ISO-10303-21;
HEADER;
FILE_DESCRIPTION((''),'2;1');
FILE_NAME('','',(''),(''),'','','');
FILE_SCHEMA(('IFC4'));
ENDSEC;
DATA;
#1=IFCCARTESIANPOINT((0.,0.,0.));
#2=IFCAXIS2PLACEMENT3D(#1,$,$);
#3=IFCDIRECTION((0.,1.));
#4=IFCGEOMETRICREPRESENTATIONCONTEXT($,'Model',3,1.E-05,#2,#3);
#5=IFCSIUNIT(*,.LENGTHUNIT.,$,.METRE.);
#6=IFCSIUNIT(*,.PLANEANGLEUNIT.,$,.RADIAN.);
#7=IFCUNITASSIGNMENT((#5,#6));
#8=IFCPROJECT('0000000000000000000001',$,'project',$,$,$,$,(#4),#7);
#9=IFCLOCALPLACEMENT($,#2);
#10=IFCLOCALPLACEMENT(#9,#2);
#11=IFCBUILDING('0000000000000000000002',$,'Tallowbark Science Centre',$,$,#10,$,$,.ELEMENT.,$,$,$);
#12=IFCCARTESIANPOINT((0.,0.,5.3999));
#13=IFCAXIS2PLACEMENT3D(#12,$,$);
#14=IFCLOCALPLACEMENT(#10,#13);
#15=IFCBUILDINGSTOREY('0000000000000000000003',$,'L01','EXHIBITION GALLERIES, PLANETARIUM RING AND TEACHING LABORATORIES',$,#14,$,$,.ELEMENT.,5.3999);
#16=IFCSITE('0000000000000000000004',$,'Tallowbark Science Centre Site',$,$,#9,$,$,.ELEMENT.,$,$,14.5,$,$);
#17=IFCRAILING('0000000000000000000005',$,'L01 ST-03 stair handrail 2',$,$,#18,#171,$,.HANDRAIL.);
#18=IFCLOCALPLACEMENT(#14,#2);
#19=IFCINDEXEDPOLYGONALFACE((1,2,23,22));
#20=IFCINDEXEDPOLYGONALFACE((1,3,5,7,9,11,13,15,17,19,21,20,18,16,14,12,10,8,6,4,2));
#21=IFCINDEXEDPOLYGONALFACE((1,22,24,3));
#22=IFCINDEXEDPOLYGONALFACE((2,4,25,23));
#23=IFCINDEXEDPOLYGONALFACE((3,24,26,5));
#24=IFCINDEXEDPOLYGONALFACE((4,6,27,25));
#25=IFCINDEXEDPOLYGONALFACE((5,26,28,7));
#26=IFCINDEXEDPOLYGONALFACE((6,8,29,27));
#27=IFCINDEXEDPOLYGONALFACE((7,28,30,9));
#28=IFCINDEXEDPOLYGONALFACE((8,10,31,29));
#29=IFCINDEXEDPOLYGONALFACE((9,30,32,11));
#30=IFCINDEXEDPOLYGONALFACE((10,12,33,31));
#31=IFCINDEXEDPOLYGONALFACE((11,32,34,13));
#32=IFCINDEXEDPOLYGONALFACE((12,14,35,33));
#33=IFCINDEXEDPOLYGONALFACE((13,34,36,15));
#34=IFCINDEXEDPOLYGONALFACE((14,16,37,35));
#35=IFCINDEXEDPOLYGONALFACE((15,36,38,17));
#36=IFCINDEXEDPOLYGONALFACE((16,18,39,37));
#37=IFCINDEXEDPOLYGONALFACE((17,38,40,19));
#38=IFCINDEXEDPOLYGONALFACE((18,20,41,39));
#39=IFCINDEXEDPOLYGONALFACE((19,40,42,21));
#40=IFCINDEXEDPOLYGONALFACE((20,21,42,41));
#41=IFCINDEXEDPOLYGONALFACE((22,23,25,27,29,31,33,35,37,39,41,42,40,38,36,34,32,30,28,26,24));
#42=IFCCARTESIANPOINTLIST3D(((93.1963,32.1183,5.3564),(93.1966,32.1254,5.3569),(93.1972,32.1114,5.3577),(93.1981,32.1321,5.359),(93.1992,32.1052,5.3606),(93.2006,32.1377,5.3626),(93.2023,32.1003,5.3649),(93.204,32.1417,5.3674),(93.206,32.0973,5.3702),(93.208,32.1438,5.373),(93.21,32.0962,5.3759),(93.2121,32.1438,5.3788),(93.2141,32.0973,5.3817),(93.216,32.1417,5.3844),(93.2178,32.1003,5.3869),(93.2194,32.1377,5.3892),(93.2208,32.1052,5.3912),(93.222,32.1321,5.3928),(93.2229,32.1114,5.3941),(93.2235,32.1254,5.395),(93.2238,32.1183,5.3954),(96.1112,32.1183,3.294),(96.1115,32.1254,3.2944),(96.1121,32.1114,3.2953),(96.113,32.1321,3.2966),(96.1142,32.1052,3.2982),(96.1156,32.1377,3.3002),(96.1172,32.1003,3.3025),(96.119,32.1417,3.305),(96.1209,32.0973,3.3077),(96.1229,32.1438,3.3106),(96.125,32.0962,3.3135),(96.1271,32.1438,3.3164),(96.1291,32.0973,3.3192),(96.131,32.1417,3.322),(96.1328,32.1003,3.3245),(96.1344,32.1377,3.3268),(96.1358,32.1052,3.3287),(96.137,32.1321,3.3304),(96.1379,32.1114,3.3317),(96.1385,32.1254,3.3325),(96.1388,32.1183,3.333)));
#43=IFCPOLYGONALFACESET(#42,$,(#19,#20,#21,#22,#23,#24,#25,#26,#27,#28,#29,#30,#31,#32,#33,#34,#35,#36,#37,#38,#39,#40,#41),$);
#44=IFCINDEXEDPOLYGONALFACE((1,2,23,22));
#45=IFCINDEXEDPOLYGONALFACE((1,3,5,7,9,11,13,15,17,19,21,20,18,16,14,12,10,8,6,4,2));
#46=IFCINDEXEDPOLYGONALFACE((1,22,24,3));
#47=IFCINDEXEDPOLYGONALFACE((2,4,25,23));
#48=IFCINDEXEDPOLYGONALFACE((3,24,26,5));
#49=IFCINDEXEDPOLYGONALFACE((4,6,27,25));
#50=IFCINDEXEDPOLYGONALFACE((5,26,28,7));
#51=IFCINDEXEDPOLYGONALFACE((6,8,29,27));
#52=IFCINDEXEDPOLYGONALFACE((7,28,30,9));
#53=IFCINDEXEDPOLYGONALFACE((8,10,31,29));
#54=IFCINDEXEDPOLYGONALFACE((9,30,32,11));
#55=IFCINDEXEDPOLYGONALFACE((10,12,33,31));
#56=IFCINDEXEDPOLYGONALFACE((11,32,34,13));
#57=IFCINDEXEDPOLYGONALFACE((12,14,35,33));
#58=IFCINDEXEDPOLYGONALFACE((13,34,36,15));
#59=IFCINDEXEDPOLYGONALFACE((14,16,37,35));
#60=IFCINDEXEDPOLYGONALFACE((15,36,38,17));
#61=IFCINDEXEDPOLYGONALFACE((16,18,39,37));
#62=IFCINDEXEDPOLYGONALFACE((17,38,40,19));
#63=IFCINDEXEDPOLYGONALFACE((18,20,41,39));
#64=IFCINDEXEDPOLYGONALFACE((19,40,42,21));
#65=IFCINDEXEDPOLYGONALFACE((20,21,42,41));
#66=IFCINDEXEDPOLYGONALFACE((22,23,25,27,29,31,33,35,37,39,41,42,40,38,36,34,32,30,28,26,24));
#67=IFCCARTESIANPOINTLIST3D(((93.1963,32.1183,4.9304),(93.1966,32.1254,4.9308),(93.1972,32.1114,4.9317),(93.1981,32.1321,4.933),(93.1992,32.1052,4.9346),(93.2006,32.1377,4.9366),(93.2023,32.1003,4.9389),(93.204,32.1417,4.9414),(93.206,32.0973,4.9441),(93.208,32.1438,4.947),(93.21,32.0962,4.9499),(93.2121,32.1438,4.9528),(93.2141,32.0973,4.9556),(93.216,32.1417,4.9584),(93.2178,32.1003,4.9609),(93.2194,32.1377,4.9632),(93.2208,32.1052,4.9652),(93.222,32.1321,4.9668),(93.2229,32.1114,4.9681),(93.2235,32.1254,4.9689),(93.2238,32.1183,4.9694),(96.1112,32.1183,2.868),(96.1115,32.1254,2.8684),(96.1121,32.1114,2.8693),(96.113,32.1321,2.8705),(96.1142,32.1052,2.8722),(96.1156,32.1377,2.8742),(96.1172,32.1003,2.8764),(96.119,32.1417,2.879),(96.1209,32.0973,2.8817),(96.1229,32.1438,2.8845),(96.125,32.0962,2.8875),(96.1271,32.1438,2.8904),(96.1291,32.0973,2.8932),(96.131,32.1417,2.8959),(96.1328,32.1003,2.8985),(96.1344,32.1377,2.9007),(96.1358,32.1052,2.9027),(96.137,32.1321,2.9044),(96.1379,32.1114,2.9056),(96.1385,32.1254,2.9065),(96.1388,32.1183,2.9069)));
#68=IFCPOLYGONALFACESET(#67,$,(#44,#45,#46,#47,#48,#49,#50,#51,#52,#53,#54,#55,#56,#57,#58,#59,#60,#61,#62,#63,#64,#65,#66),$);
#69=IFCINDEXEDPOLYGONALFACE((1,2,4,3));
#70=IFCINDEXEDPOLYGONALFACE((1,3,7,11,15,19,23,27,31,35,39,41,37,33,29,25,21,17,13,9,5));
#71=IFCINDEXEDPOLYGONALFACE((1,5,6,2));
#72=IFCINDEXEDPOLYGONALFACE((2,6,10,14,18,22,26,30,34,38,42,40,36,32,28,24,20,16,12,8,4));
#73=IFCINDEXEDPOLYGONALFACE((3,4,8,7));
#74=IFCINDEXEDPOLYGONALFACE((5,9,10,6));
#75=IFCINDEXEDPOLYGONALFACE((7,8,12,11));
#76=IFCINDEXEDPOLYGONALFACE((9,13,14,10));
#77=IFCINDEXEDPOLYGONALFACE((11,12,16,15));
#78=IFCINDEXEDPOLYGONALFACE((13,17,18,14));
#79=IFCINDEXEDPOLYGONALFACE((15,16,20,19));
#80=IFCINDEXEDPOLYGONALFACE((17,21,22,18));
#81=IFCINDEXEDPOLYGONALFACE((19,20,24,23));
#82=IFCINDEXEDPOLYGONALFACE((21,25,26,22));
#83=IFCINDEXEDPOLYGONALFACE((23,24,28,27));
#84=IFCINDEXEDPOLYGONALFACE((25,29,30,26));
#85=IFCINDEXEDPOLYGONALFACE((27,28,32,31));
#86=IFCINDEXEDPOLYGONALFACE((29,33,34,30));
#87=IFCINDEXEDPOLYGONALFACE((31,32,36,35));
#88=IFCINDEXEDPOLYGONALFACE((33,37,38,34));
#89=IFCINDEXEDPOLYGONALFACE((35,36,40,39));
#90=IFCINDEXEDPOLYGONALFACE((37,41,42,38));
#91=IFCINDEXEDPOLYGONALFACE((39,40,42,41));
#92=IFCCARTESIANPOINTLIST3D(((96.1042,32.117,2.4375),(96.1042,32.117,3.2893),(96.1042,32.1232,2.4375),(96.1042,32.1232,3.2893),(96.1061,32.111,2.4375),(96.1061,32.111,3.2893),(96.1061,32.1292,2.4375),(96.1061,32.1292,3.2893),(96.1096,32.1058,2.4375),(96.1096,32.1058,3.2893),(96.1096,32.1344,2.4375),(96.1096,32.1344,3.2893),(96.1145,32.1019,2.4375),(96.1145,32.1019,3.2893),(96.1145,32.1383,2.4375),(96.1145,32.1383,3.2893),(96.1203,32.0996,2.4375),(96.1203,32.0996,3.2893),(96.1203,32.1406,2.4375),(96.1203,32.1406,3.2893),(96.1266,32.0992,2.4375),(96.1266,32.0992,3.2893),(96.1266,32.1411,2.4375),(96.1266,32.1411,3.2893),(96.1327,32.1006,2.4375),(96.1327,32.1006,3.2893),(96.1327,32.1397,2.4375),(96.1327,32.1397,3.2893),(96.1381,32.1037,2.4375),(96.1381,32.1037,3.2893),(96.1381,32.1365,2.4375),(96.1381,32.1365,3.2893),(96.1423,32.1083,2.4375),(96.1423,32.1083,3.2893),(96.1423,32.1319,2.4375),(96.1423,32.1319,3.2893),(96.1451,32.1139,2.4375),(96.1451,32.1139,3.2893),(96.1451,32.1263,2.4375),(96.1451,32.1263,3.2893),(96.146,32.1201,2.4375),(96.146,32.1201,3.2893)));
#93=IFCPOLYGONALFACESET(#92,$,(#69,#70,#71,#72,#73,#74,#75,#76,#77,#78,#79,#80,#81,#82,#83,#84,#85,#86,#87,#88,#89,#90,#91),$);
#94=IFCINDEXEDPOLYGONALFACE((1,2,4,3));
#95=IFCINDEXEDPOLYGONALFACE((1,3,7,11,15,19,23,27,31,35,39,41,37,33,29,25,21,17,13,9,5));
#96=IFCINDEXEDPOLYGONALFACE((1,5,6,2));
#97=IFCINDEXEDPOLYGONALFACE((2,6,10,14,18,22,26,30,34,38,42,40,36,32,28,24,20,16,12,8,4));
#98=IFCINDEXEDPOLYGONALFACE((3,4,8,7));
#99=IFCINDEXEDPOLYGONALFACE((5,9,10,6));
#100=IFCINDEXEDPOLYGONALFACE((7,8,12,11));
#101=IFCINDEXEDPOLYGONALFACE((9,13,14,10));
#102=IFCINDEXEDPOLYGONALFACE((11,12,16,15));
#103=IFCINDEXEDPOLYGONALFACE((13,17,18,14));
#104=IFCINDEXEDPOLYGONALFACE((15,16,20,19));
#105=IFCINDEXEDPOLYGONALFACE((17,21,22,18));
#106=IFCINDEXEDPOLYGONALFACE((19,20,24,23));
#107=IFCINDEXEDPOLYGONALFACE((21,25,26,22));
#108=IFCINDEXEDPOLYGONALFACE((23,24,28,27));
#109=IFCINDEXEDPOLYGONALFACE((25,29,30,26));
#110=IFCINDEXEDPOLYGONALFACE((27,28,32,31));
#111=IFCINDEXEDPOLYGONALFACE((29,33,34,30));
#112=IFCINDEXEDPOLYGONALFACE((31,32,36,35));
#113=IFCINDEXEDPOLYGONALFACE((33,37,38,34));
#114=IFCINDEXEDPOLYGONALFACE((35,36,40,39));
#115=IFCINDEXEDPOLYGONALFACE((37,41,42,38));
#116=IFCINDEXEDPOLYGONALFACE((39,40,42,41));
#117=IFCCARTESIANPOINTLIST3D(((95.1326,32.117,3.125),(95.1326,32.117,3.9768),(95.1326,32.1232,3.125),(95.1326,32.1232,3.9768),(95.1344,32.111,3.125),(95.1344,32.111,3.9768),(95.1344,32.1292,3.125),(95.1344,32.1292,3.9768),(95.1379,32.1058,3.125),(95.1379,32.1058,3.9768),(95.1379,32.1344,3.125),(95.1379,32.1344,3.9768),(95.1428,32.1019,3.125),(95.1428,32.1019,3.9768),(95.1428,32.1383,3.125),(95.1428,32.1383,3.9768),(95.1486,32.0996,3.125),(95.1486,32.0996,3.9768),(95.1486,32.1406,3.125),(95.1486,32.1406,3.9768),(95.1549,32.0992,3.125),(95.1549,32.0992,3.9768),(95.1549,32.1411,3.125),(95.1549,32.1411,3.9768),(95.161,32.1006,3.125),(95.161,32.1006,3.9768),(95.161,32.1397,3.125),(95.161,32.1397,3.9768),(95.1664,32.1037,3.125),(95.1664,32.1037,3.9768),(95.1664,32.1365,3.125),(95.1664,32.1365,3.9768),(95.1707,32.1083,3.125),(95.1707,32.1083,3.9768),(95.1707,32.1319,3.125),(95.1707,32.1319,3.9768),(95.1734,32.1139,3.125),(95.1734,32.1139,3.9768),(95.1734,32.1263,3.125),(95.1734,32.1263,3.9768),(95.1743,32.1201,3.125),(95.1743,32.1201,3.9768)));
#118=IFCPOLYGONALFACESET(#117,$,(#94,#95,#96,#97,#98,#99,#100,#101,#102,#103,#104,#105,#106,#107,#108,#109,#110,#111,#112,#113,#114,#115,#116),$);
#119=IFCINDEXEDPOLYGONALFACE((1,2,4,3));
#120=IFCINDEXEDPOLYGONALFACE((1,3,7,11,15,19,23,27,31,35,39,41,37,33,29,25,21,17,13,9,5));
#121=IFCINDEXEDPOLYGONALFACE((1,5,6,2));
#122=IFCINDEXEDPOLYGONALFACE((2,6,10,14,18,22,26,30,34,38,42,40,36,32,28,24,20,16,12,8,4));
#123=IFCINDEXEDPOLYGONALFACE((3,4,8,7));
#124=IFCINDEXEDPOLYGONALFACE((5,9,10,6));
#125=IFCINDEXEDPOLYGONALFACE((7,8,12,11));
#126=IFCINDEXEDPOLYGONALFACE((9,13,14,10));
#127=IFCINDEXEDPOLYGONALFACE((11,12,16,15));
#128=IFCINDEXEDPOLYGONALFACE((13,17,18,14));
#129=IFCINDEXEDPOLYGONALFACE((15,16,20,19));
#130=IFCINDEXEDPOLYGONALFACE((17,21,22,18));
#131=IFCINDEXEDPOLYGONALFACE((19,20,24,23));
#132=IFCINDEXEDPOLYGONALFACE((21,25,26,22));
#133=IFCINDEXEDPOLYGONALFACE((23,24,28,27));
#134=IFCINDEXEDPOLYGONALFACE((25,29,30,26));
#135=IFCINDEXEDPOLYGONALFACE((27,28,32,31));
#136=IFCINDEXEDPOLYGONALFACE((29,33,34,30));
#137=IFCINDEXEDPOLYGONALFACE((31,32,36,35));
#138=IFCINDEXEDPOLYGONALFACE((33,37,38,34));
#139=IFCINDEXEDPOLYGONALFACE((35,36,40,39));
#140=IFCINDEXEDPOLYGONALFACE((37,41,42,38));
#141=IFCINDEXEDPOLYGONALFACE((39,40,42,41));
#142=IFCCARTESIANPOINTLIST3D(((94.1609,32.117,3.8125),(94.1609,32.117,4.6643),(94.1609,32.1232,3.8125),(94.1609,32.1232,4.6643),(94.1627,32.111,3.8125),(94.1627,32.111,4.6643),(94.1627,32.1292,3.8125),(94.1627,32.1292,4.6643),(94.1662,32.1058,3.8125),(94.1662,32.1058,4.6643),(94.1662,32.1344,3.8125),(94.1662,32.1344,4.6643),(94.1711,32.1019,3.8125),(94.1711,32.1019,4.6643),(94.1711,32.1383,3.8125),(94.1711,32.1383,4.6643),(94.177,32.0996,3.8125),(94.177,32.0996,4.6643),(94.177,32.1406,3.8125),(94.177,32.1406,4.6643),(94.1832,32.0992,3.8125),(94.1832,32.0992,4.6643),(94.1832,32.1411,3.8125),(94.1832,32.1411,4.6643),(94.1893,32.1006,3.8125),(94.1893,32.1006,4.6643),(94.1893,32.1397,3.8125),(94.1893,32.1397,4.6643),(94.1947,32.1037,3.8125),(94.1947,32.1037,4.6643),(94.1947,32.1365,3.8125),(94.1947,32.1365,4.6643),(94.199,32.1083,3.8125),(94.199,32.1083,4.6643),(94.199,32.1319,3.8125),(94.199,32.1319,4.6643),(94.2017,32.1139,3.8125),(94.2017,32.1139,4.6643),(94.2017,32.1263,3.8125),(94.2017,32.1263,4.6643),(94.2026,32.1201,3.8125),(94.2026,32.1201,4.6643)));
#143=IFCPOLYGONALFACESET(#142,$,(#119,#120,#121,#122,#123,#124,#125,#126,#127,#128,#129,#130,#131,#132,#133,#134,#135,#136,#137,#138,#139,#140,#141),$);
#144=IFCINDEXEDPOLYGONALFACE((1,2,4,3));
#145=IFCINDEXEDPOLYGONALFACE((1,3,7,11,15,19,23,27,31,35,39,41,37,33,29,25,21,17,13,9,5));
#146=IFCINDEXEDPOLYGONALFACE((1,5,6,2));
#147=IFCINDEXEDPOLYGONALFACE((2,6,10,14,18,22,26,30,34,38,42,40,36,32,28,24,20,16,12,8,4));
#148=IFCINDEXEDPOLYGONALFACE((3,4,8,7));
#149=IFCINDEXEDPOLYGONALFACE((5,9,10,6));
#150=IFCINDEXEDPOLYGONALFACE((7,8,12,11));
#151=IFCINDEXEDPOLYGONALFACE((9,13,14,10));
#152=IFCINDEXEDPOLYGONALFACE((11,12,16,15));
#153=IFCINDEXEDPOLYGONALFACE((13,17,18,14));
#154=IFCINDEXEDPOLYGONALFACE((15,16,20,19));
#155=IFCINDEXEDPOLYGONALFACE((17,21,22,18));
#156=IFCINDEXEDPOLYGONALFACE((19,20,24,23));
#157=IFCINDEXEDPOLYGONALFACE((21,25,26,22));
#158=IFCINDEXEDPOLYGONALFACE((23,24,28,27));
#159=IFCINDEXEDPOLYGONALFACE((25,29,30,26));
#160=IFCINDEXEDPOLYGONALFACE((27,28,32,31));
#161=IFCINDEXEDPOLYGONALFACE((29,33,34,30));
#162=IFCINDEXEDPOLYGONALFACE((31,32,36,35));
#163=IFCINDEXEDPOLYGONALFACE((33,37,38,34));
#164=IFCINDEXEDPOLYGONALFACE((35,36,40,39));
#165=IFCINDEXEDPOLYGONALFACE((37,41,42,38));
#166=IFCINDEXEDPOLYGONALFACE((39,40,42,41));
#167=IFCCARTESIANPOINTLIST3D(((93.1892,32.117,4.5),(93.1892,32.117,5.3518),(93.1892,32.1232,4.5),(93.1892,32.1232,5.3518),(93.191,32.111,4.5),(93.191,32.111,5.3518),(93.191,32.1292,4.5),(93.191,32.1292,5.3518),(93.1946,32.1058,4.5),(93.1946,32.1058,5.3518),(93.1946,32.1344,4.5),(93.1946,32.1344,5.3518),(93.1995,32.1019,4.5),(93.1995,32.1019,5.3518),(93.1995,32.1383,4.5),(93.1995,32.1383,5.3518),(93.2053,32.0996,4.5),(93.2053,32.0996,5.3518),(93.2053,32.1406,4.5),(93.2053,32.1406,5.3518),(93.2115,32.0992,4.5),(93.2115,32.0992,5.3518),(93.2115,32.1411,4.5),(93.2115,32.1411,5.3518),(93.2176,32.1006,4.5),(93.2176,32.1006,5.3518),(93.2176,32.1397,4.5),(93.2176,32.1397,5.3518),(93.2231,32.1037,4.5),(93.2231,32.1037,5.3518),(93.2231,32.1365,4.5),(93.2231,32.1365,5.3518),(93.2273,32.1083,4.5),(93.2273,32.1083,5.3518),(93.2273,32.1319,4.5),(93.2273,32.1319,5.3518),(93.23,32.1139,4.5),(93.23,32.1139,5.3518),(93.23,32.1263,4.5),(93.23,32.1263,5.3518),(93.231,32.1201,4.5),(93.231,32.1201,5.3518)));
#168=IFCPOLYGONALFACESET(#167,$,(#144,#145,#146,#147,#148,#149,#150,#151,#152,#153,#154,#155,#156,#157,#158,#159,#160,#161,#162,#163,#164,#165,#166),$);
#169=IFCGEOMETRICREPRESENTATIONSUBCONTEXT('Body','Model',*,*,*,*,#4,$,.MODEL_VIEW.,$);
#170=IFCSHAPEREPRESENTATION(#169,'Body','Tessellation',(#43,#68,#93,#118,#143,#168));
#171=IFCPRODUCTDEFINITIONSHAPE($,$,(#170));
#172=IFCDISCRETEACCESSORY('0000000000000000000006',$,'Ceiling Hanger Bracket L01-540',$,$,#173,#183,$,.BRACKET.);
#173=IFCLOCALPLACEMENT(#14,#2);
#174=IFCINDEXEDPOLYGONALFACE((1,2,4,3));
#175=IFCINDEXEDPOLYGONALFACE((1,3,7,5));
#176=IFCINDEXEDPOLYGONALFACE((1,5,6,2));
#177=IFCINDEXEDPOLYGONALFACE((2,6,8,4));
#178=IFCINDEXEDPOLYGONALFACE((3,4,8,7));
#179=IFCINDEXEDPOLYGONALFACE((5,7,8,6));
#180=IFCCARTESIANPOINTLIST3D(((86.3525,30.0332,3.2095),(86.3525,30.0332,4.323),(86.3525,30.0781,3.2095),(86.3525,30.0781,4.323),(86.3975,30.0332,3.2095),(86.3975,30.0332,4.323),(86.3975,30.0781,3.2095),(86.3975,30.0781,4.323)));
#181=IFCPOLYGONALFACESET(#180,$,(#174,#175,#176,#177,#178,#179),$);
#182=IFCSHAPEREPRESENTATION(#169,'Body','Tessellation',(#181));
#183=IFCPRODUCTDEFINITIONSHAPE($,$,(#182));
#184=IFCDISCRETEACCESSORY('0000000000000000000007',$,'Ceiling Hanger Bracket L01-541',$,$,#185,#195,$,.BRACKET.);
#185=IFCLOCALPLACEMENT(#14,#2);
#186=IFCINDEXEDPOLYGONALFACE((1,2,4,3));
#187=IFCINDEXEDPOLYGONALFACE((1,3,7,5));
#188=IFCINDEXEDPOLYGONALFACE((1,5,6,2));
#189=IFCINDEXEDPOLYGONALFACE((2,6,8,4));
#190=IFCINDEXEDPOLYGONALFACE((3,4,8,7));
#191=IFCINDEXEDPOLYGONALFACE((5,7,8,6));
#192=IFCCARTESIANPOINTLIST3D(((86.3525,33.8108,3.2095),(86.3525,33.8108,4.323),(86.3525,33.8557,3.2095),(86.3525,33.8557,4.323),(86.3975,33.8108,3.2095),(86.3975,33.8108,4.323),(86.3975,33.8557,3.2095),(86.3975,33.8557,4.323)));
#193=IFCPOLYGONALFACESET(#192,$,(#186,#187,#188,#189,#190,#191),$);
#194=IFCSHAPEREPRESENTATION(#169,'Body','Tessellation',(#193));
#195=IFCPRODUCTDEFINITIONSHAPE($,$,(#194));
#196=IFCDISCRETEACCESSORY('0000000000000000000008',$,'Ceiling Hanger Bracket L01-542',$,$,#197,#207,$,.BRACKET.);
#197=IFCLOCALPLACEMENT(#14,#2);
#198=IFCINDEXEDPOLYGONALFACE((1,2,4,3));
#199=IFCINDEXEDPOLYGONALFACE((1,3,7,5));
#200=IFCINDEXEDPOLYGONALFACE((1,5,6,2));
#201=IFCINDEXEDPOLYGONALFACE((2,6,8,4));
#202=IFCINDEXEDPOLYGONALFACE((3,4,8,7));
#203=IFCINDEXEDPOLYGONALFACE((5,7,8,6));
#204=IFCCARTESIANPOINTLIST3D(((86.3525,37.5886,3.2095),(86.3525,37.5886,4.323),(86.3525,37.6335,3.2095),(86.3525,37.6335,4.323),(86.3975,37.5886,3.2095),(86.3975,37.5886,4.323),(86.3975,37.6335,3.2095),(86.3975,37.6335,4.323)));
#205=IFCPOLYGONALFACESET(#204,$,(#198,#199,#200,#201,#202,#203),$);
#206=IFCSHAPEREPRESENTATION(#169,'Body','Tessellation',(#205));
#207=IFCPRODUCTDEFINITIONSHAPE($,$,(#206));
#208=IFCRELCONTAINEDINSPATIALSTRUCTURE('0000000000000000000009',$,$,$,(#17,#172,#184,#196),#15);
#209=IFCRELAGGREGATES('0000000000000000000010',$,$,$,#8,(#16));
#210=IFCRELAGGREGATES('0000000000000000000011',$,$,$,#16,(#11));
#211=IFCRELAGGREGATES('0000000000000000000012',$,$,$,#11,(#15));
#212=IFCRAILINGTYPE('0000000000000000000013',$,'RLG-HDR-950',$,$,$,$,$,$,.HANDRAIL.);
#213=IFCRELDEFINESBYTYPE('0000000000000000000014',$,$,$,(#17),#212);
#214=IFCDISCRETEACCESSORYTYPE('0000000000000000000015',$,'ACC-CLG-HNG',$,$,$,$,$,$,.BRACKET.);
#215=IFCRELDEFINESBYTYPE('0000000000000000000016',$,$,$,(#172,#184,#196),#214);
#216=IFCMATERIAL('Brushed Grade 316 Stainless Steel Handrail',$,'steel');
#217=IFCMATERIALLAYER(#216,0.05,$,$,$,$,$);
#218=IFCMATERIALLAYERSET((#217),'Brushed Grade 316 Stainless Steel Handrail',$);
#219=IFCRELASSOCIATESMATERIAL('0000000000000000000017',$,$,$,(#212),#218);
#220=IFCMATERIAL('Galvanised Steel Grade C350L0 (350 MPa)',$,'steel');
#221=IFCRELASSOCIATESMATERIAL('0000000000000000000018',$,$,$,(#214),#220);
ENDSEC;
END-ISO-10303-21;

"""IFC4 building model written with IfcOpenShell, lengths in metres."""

from ifc_helpers import new_model, si_unit, direction, frame, origin, origin_2d, place, context, subcontext, project, spatial, rectangle, circle, extrude, material, layer, layer_set, type_object, element, save


model = new_model("IFC4")

# Units and contexts
model_context = context("Model", 3, precision=1e-05, world=origin(), true_north=direction((0.0, 1.0)))
body_context = subcontext(model_context, "Body", "Model", "MODEL_VIEW")
ifc_project = project(units=[si_unit("LENGTHUNIT", "METRE"), si_unit("PLANEANGLEUNIT", "RADIAN")], contexts=[model_context])

# Site, building, storey
site_placement = place(None, origin())
site = spatial("IfcSite", under=ifc_project, at=site_placement, Name="Tallowbark Science Centre Site", CompositionType="ELEMENT", RefElevation=14.5)
building_placement = place(site_placement, origin())
building = spatial("IfcBuilding", under=site, at=building_placement, Name="Tallowbark Science Centre", CompositionType="ELEMENT")
storey_placement = place(building_placement, frame((0.0, 0.0, 5.3999)))
storey = spatial("IfcBuildingStorey", under=building, at=storey_placement, Name="L01", Description="EXHIBITION GALLERIES, PLANETARIUM RING AND TEACHING LABORATORIES", CompositionType="ELEMENT", Elevation=5.3999)

# Railing
ifc_material_1 = material(Name="Brushed Grade 316 Stainless Steel Handrail", Category="steel")
ifc_layer_1 = layer(ifc_material_1, 0.05)
ifc_layer_set_1 = layer_set([ifc_layer_1], Name="Brushed Grade 316 Stainless Steel Handrail")
railing_type_1 = type_object("IfcRailingType", Name="RLG-HDR-950", PredefinedType="HANDRAIL", material=ifc_layer_set_1)
railing_1_placement = place(storey_placement, frame((96.125, 32.1201, 2.4375)))
element("IfcRailing", 1, at=railing_1_placement, inside=storey, type_object=railing_type_1, Name="L01 ST-03 stair handrail 2", PredefinedType="HANDRAIL", context=body_context, shape_type="SweptSolid", body=[
    extrude(circle(Radius=0.0239, at=origin_2d()), frame((0.0, 0.0, 0.876), z_axis=(-0.816331, 0.0, 0.577585), x_axis=(0.0, -1.0, 0.0)), (0.0, 0.0, 1.0), 3.5708),
    extrude(circle(Radius=0.0239, at=origin_2d()), frame((0.0, 0.0, 0.45), z_axis=(-0.816331, 0.0, 0.577585), x_axis=(0.0, -1.0, 0.0)), (0.0, 0.0, 1.0), 3.5708),
    extrude(circle(Radius=0.021, at=origin_2d()), origin(), (0.0, 0.0, 1.0), 0.8518),
    extrude(circle(Radius=0.021, at=origin_2d()), frame((-0.9717, 0.0, 0.6875)), (0.0, 0.0, 1.0), 0.8518),
    extrude(circle(Radius=0.021, at=origin_2d()), frame((-1.9434, 0.0, 1.375)), (0.0, 0.0, 1.0), 0.8518),
    extrude(circle(Radius=0.021, at=origin_2d()), frame((-2.915, 0.0, 2.0625)), (0.0, 0.0, 1.0), 0.8518),
])

# Discrete accessories
ifc_material_2 = material(Name="Galvanised Steel Grade C350L0 (350 MPa)", Category="steel")
discrete_accessory_type = type_object("IfcDiscreteAccessoryType", Name="ACC-CLG-HNG", PredefinedType="BRACKET", material=ifc_material_2)
for number, where, z_axis, x_axis, name in (
    (2, (86.375, 30.0557, 3.2095), (0.0, 0.0, 1.0), (1.0, 0.0, 0.0), "Ceiling Hanger Bracket L01-540"),
    (3, (86.375, 33.8333, 3.2095), (0.0, 0.0, 1.0), (1.0, 0.0, 0.0), "Ceiling Hanger Bracket L01-541"),
    (4, (86.375, 37.6111, 3.2095), (0.0, 0.0, 1.0), (1.0, 0.0, 0.0), "Ceiling Hanger Bracket L01-542"),
):
    element("IfcDiscreteAccessory", number, at=place(storey_placement, frame(where, z_axis=z_axis, x_axis=x_axis)), inside=storey, type_object=discrete_accessory_type, Name=name, PredefinedType="BRACKET", context=body_context, shape_type="SweptSolid", body=[
        extrude(rectangle(XDim=0.0449, YDim=0.0449, at=origin_2d()), origin(), (0.0, 0.0, 1.0), 1.1135),
    ])

save(model, "model.ifc")
